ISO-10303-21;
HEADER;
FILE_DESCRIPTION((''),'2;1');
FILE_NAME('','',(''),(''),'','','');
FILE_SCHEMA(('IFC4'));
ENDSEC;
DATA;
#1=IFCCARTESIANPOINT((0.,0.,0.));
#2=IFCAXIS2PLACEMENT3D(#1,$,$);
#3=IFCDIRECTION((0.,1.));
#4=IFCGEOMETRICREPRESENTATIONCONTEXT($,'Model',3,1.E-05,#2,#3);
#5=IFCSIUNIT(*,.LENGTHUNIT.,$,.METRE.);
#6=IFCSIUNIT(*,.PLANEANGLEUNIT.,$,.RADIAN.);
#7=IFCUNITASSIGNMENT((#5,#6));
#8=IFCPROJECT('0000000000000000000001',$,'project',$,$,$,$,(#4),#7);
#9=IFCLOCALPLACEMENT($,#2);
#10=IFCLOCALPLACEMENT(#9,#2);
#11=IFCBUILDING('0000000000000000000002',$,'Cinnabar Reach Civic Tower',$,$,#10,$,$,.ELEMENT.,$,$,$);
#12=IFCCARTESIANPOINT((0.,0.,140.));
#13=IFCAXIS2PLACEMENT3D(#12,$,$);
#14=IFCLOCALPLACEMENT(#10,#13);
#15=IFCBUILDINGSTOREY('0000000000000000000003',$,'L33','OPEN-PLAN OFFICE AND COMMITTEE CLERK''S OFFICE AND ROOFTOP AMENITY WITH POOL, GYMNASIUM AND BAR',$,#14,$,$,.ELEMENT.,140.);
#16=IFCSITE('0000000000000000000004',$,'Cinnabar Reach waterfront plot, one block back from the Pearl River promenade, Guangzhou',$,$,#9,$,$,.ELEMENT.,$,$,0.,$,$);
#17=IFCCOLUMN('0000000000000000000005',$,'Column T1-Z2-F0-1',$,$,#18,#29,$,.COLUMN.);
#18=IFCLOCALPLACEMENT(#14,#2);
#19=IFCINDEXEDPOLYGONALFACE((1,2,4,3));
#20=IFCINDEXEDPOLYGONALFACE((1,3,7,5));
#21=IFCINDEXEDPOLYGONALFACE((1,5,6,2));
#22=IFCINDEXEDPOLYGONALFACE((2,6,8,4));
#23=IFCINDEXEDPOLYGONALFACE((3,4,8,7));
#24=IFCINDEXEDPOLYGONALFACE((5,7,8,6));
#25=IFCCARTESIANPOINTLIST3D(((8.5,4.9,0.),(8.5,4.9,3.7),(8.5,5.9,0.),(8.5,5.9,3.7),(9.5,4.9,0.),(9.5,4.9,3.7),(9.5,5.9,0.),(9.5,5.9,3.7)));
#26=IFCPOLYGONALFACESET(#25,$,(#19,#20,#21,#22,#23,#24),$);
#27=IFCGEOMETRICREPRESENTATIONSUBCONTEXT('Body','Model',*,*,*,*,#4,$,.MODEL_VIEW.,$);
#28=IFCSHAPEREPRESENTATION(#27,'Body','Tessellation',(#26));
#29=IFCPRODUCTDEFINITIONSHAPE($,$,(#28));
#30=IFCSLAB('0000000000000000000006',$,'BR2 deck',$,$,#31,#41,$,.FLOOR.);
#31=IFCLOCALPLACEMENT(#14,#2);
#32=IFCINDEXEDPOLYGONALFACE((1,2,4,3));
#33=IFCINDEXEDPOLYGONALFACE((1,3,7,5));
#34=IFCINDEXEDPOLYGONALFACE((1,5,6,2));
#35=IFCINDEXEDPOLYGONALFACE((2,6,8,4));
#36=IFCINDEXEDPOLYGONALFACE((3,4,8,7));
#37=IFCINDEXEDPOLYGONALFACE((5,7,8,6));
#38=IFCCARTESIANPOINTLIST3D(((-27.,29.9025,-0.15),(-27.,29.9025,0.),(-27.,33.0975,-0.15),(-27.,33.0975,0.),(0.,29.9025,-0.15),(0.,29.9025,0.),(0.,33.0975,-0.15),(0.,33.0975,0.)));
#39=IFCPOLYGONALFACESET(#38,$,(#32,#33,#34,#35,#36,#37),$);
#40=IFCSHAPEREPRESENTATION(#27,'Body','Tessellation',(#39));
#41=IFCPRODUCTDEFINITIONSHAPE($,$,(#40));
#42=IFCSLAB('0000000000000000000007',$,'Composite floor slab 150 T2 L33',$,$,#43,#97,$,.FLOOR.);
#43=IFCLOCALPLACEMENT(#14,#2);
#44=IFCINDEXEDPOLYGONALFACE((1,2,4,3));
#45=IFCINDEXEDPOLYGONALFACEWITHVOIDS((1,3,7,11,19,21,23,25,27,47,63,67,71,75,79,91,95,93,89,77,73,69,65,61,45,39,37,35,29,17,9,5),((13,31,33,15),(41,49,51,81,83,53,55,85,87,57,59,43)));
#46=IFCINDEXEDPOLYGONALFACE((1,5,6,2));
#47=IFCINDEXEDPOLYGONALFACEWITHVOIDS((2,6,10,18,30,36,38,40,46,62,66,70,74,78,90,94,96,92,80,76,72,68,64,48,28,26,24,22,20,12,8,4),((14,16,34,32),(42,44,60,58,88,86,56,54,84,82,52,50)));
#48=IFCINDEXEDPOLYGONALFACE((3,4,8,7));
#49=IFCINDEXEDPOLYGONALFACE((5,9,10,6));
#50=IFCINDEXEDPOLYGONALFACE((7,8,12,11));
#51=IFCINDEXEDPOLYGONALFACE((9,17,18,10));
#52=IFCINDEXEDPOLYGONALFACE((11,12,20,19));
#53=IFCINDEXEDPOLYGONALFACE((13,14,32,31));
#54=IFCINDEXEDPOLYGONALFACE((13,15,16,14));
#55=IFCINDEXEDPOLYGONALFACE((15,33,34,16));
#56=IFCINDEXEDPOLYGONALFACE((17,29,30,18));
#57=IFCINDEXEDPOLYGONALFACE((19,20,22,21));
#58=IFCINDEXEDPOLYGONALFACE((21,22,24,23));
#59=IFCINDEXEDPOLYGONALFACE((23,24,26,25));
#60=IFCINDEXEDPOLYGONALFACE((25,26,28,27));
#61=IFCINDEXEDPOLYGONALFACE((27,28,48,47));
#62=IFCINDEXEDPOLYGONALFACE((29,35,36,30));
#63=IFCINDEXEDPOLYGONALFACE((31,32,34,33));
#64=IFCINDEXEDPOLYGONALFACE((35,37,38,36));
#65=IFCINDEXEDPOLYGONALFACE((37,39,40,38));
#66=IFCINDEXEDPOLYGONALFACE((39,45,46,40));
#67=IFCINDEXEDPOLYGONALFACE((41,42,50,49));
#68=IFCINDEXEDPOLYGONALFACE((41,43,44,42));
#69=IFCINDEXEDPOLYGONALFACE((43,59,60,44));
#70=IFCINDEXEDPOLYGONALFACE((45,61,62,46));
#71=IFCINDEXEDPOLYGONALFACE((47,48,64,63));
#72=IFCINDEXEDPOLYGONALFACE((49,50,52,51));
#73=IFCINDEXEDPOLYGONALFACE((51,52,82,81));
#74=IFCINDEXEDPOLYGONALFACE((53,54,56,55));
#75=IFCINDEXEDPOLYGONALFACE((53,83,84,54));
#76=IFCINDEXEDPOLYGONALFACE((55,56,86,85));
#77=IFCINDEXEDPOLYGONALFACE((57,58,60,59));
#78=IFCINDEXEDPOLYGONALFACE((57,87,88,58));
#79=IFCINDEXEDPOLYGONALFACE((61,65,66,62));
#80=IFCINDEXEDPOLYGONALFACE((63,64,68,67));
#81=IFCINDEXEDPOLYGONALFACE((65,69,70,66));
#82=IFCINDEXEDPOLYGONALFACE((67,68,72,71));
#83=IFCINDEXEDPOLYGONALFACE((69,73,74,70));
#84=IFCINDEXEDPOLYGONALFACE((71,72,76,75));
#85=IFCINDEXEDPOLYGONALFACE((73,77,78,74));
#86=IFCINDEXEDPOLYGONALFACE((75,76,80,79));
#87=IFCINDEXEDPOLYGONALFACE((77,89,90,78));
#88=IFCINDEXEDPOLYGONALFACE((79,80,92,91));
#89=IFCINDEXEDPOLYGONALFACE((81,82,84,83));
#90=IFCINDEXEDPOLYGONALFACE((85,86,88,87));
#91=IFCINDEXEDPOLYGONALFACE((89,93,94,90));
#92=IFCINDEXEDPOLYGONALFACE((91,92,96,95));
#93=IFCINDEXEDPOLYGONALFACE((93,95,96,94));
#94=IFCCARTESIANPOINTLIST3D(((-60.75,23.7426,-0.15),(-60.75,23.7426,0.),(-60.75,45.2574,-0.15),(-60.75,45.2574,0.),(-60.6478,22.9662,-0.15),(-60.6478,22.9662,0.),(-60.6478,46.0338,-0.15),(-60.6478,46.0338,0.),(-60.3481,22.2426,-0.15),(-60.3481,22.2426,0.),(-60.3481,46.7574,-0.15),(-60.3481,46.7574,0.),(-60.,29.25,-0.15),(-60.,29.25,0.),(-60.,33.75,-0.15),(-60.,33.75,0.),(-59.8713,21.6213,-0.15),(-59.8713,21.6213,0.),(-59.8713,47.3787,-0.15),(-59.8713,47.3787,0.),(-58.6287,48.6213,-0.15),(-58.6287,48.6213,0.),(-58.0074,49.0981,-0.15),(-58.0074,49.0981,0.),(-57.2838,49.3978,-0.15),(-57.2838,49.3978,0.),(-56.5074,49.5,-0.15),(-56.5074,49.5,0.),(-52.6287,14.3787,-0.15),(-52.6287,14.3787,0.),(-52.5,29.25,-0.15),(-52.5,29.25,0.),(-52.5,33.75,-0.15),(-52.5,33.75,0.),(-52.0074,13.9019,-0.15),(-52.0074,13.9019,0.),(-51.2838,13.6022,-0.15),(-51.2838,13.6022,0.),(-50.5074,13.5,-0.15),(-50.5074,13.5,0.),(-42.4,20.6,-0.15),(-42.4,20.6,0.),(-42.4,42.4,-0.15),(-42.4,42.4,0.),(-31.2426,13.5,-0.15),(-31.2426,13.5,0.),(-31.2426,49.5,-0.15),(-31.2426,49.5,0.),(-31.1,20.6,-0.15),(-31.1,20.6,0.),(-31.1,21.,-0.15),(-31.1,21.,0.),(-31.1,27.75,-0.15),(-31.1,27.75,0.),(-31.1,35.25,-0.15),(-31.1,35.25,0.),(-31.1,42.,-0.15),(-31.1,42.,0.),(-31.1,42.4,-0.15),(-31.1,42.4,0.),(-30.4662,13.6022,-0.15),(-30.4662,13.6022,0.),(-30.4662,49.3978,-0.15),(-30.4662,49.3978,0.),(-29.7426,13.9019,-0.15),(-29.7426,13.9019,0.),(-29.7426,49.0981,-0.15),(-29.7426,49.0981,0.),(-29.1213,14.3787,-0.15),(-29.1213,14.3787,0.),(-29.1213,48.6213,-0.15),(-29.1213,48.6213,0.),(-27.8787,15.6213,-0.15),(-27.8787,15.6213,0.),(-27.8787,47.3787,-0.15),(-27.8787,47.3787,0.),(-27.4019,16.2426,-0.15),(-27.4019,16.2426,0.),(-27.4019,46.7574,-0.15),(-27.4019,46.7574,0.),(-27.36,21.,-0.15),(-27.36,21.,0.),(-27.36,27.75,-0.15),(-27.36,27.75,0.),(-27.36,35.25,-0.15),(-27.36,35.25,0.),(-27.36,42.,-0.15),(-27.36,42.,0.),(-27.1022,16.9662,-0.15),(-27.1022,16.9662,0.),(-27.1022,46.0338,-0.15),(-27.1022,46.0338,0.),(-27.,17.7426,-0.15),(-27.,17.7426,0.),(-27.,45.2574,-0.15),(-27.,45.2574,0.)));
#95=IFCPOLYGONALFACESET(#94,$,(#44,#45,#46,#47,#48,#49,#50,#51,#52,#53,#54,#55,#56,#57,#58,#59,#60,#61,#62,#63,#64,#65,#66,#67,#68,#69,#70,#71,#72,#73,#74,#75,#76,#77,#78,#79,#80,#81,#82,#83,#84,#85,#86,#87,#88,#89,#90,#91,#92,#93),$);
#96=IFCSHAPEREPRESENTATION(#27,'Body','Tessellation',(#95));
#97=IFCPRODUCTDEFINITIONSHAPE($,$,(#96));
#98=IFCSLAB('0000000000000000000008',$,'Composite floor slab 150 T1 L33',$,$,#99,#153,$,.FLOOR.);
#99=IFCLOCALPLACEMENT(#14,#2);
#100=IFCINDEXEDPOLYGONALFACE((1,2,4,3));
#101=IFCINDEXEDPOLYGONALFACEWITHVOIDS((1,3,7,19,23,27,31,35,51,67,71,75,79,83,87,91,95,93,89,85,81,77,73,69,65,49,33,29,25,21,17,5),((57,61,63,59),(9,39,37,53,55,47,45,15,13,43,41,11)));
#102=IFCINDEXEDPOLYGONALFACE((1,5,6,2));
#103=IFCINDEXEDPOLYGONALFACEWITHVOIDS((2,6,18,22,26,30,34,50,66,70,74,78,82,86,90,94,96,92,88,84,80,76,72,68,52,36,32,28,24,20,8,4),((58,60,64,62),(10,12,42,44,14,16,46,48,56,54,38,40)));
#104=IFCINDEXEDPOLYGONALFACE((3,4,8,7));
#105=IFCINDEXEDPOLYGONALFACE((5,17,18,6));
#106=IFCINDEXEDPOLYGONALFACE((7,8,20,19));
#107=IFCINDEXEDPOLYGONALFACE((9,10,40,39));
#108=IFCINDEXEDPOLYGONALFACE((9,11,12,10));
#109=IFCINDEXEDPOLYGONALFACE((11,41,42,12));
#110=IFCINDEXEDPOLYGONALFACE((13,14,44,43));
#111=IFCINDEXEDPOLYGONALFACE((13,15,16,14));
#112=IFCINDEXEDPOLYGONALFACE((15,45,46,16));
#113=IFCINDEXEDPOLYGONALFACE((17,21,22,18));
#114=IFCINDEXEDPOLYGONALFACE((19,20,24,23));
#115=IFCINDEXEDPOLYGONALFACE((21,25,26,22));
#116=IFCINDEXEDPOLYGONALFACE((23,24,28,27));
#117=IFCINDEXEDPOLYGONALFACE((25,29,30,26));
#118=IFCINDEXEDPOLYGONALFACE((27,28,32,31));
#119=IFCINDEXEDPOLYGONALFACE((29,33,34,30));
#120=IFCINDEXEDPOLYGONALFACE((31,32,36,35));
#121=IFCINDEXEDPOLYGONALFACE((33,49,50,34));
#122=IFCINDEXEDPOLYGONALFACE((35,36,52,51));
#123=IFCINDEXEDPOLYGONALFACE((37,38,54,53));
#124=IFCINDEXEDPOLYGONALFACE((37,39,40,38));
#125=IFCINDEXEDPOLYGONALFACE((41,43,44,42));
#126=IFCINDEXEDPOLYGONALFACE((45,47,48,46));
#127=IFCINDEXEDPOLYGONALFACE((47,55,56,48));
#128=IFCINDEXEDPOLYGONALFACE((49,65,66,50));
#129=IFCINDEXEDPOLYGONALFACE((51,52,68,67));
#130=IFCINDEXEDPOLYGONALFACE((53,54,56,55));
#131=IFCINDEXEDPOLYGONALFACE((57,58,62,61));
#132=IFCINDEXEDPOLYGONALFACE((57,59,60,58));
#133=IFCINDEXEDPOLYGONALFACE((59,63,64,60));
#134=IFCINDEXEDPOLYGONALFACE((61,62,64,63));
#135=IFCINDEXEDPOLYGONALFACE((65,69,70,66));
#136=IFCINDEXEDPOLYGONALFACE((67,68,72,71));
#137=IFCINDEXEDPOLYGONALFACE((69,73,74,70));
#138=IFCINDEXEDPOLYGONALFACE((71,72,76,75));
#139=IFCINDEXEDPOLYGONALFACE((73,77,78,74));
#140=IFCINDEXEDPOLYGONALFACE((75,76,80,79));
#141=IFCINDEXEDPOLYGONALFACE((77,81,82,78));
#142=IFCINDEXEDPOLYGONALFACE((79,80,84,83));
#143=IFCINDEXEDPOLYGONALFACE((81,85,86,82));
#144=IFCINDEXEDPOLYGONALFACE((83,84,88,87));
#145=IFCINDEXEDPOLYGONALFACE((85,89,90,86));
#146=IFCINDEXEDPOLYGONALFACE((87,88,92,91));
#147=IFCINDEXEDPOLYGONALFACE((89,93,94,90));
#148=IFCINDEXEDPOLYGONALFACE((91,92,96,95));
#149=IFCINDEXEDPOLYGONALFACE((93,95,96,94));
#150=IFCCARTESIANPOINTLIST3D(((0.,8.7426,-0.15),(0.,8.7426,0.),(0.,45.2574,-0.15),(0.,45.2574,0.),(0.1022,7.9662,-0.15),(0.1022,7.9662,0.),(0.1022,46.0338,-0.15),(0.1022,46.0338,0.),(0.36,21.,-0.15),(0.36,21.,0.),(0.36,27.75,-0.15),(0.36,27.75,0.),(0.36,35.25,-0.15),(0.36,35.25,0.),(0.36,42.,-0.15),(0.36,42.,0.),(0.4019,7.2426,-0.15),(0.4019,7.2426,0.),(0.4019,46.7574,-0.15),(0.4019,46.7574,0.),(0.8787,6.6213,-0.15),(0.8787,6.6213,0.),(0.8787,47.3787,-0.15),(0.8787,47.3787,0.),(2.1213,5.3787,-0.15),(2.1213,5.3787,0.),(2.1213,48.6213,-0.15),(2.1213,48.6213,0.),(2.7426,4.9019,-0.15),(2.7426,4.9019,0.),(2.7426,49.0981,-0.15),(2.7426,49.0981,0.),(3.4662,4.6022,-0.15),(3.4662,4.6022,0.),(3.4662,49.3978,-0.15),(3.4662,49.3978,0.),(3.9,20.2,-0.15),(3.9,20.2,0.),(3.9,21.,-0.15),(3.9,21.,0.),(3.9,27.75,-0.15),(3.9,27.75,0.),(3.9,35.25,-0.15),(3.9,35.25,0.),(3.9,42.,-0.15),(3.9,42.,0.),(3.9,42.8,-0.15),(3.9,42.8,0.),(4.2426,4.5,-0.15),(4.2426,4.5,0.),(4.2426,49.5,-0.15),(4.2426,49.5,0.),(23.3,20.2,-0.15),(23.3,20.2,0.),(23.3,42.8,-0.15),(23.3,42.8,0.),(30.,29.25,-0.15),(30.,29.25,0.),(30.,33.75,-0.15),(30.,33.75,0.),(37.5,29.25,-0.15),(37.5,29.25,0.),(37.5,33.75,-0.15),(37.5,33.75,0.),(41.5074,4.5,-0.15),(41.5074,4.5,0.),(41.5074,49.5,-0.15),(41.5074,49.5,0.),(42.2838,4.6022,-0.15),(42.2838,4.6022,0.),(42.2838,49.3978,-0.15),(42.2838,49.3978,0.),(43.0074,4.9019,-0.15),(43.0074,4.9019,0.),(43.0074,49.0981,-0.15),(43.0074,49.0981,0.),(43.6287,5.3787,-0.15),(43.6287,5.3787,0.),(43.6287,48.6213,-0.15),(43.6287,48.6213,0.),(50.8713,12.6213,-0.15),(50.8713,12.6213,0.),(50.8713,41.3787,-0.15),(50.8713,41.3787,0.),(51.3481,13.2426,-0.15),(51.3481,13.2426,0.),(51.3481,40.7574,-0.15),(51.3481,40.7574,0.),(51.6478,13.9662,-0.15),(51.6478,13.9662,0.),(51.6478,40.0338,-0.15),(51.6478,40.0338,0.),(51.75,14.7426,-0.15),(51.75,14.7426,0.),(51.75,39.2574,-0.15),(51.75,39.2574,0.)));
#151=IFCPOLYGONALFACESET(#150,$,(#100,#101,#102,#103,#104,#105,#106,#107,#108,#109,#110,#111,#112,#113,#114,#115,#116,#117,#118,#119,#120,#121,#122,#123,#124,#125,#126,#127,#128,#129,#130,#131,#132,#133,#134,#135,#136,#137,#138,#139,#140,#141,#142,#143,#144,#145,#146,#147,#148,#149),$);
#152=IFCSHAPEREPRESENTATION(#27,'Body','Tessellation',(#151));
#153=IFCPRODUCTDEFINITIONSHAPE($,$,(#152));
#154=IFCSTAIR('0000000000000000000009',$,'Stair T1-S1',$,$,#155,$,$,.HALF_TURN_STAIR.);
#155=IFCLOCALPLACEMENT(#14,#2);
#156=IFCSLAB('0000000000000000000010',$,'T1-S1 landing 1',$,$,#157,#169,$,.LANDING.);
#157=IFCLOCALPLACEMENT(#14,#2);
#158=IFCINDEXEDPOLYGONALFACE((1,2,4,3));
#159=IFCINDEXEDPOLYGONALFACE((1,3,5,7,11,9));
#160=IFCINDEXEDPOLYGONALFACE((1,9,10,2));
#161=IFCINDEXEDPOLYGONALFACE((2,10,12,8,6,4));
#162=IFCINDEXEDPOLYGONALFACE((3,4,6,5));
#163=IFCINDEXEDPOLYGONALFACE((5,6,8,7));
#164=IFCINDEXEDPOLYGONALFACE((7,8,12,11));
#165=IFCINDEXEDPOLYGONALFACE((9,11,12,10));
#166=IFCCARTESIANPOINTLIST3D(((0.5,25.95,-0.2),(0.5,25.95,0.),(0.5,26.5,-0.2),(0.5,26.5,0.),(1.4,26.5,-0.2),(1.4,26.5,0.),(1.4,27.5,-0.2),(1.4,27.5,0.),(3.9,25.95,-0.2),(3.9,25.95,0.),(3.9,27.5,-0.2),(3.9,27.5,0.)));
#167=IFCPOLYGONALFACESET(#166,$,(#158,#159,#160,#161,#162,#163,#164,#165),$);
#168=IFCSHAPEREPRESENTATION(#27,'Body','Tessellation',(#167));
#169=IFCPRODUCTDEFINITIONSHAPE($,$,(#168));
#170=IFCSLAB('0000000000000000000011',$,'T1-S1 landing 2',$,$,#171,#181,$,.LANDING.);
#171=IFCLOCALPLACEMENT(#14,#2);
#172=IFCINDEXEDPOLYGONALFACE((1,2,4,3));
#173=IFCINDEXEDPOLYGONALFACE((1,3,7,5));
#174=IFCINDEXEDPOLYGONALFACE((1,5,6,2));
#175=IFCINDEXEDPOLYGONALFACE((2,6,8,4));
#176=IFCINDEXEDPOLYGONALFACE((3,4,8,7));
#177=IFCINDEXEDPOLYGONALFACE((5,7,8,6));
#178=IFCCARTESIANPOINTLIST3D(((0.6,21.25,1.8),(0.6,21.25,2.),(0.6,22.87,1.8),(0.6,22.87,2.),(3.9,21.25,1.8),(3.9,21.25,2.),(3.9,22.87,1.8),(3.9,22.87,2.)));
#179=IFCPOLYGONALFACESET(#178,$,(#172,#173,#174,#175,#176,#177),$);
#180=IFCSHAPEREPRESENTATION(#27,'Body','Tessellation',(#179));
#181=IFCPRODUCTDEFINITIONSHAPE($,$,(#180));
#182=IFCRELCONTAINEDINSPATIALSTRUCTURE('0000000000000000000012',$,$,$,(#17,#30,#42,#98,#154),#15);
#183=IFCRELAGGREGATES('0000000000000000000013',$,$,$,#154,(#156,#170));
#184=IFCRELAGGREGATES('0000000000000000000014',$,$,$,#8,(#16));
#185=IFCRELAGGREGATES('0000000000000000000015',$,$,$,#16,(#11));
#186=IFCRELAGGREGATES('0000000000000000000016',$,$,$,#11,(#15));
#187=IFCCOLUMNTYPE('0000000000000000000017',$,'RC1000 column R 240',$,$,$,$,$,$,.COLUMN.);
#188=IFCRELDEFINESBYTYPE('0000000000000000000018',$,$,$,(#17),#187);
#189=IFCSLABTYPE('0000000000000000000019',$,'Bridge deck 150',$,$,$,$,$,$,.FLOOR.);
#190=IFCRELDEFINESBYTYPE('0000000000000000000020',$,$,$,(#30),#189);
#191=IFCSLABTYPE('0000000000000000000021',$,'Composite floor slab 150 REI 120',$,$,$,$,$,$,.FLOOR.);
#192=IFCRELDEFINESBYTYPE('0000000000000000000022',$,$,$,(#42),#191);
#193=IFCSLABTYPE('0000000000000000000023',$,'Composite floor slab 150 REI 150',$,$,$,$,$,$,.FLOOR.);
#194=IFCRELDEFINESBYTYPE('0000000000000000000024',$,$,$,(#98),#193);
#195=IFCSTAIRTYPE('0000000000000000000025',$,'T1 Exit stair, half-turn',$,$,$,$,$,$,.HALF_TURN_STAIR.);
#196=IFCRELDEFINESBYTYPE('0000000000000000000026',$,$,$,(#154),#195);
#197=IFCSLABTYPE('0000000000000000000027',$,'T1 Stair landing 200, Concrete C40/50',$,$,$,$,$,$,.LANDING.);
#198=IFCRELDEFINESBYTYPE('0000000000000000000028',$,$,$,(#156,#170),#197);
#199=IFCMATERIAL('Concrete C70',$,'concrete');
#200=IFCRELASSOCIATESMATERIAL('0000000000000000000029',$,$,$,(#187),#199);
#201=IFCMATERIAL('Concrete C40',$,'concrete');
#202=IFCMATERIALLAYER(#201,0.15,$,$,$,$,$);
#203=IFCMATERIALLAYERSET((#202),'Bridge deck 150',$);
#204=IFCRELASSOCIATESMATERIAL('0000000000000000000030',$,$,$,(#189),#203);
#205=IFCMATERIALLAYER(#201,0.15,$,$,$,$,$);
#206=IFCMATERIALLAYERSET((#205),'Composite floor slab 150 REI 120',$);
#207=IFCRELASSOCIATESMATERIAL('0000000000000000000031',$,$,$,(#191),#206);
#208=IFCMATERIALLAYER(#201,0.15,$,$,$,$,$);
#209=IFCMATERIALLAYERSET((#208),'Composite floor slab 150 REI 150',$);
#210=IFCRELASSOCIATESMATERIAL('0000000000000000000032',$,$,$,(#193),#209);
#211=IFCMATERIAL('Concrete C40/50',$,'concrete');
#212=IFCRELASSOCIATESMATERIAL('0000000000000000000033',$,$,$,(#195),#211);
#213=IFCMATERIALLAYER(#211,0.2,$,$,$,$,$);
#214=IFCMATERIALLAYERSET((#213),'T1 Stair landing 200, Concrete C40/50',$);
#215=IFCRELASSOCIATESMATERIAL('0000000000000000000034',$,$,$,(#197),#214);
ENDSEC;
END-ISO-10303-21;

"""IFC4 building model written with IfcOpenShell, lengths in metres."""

from ifc_helpers import new_model, si_unit, direction, frame, origin, origin_2d, place, context, subcontext, project, spatial, polyline, rectangle, outline, extrude, material, layer, layer_set, material_profile, profile_set, type_object, element, aggregate, save


model = new_model("IFC4")

# Units and contexts
model_context = context("Model", 3, precision=1e-05, world=origin(), true_north=direction((0.0, 1.0)))
body_context = subcontext(model_context, "Body", "Model", "MODEL_VIEW")
ifc_project = project(units=[si_unit("LENGTHUNIT", "METRE"), si_unit("PLANEANGLEUNIT", "RADIAN")], contexts=[model_context])

# Site, building, storey
site_placement = place(None, origin())
site = spatial("IfcSite", under=ifc_project, at=site_placement, Name="Cinnabar Reach waterfront plot, one block back from the Pearl River promenade, Guangzhou", CompositionType="ELEMENT", RefElevation=0.0)
building_placement = place(site_placement, origin())
building = spatial("IfcBuilding", under=site, at=building_placement, Name="Cinnabar Reach Civic Tower", CompositionType="ELEMENT")
storey_placement = place(building_placement, frame((0.0, 0.0, 140.0)))
storey = spatial("IfcBuildingStorey", under=building, at=storey_placement, Name="L33", Description="OPEN-PLAN OFFICE AND COMMITTEE CLERK'S OFFICE AND ROOFTOP AMENITY WITH POOL, GYMNASIUM AND BAR", CompositionType="ELEMENT", Elevation=140.0)

# Column
ifc_material_1 = material(Name="Concrete C70", Category="concrete")
ifc_material_profile = material_profile(ifc_material_1, rectangle(XDim=1.0, YDim=1.0, at=origin_2d()), Name="RC1000")
ifc_profile_set = profile_set([ifc_material_profile], Name="Concrete C70")
column_type = type_object("IfcColumnType", Name="RC1000 column R 240", PredefinedType="COLUMN", material=ifc_profile_set)
column_placement = place(storey_placement, frame((9.0, 5.4, 0.0), z_axis=(0.0, 0.0, 1.0), x_axis=(1.0, 0.0, 0.0)))
element("IfcColumn", 1, at=column_placement, inside=storey, type_object=column_type, Name="Column T1-Z2-F0-1", PredefinedType="COLUMN", context=body_context, shape_type="SweptSolid", body=[
    extrude(rectangle(XDim=1.0, YDim=1.0, at=origin_2d()), origin(), (0.0, 0.0, 1.0), 3.7),
])

# Slabs
ifc_material_2 = material(Name="Concrete C40", Category="concrete")
ifc_layer_1 = layer(ifc_material_2, 0.15)
ifc_layer_set_1 = layer_set([ifc_layer_1], Name="Bridge deck 150")
slab_type_1 = type_object("IfcSlabType", Name="Bridge deck 150", PredefinedType="FLOOR", material=ifc_layer_set_1)
slab_1_placement = place(storey_placement, frame((0.0, 0.0, -0.15)))
element("IfcSlab", 2, at=slab_1_placement, inside=storey, type_object=slab_type_1, Name="BR2 deck", PredefinedType="FLOOR", context=body_context, shape_type="SweptSolid", body=[
    extrude(outline(polyline([(-27.0, 29.9025), (0.0, 29.9025), (0.0, 33.0975), (-27.0, 33.0975), (-27.0, 29.9025)])), origin(), (0.0, 0.0, 1.0), 0.15),
])
ifc_layer_2 = layer(ifc_material_2, 0.15)
ifc_layer_set_2 = layer_set([ifc_layer_2], Name="Composite floor slab 150 REI 120")
slab_type_2 = type_object("IfcSlabType", Name="Composite floor slab 150 REI 120", PredefinedType="FLOOR", material=ifc_layer_set_2)
slab_2_placement = place(storey_placement, frame((0.0, 0.0, -0.15)))
element("IfcSlab", 3, at=slab_2_placement, inside=storey, type_object=slab_type_2, Name="Composite floor slab 150 T2 L33", PredefinedType="FLOOR", context=body_context, shape_type="SweptSolid", body=[
    extrude(outline(polyline([(-59.8713, 21.6213), (-60.3481, 22.2426), (-60.6478, 22.9662), (-60.75, 23.7426), (-60.75, 45.2574), (-60.6478, 46.0338), (-60.3481, 46.7574), (-59.8713, 47.3787), (-58.6287, 48.6213), (-58.0074, 49.0981), (-57.2838, 49.3978), (-56.5074, 49.5), (-31.2426, 49.5), (-30.4662, 49.3978), (-29.7426, 49.0981), (-29.1213, 48.6213), (-27.8787, 47.3787), (-27.4019, 46.7574), (-27.1022, 46.0338), (-27.0, 45.2574), (-27.0, 17.7426), (-27.1022, 16.9662), (-27.4019, 16.2426), (-27.8787, 15.6213), (-29.1213, 14.3787), (-29.7426, 13.9019), (-30.4662, 13.6022), (-31.2426, 13.5), (-50.5074, 13.5), (-51.2838, 13.6022), (-52.0074, 13.9019), (-52.6287, 14.3787), (-59.8713, 21.6213)]), holes=[polyline([(-31.1, 27.75), (-31.1, 35.25), (-27.36, 35.25), (-27.36, 42.0), (-31.1, 42.0), (-31.1, 42.4), (-42.4, 42.4), (-42.4, 20.6), (-31.1, 20.6), (-31.1, 21.0), (-27.36, 21.0), (-27.36, 27.75), (-31.1, 27.75)]), polyline([(-60.0, 33.75), (-60.0, 29.25), (-52.5, 29.25), (-52.5, 33.75), (-60.0, 33.75)])]), origin(), (0.0, 0.0, 1.0), 0.15),
])
ifc_layer_3 = layer(ifc_material_2, 0.15)
ifc_layer_set_3 = layer_set([ifc_layer_3], Name="Composite floor slab 150 REI 150")
slab_type_3 = type_object("IfcSlabType", Name="Composite floor slab 150 REI 150", PredefinedType="FLOOR", material=ifc_layer_set_3)
slab_3_placement = place(storey_placement, frame((0.0, 0.0, -0.15)))
element("IfcSlab", 4, at=slab_3_placement, inside=storey, type_object=slab_type_3, Name="Composite floor slab 150 T1 L33", PredefinedType="FLOOR", context=body_context, shape_type="SweptSolid", body=[
    extrude(outline(polyline([(0.8787, 6.6213), (0.4019, 7.2426), (0.1022, 7.9662), (0.0, 8.7426), (0.0, 45.2574), (0.1022, 46.0338), (0.4019, 46.7574), (0.8787, 47.3787), (2.1213, 48.6213), (2.7426, 49.0981), (3.4662, 49.3978), (4.2426, 49.5), (41.5074, 49.5), (42.2838, 49.3978), (43.0074, 49.0981), (43.6287, 48.6213), (50.8713, 41.3787), (51.3481, 40.7574), (51.6478, 40.0338), (51.75, 39.2574), (51.75, 14.7426), (51.6478, 13.9662), (51.3481, 13.2426), (50.8713, 12.6213), (43.6287, 5.3787), (43.0074, 4.9019), (42.2838, 4.6022), (41.5074, 4.5), (4.2426, 4.5), (3.4662, 4.6022), (2.7426, 4.9019), (2.1213, 5.3787), (0.8787, 6.6213)]), holes=[polyline([(0.36, 21.0), (3.9, 21.0), (3.9, 20.2), (23.3, 20.2), (23.3, 42.8), (3.9, 42.8), (3.9, 42.0), (0.36, 42.0), (0.36, 35.25), (3.9, 35.25), (3.9, 27.75), (0.36, 27.75), (0.36, 21.0)]), polyline([(30.0, 33.75), (30.0, 29.25), (37.5, 29.25), (37.5, 33.75), (30.0, 33.75)])]), origin(), (0.0, 0.0, 1.0), 0.15),
])

# Stair, slabs
ifc_material_3 = material(Name="Concrete C40/50", Category="concrete")
stair_type_1 = type_object("IfcStairType", Name="T1 Exit stair, half-turn", PredefinedType="HALF_TURN_STAIR", material=ifc_material_3)
stair_1_placement = place(storey_placement, origin())
stair_1 = element("IfcStair", 5, at=stair_1_placement, inside=storey, type_object=stair_type_1, Name="Stair T1-S1", PredefinedType="HALF_TURN_STAIR")
ifc_layer_4 = layer(ifc_material_3, 0.2)
ifc_layer_set_4 = layer_set([ifc_layer_4], Name="T1 Stair landing 200, Concrete C40/50")
slab_type_4 = type_object("IfcSlabType", Name="T1 Stair landing 200, Concrete C40/50", PredefinedType="LANDING", material=ifc_layer_set_4)
slab_4_placement = place(storey_placement, frame((0.0, 0.0, -0.2)))
slab_4 = element("IfcSlab", 6, at=slab_4_placement, type_object=slab_type_4, Name="T1-S1 landing 1", PredefinedType="LANDING", context=body_context, shape_type="SweptSolid", body=[
    extrude(outline(polyline([(3.9, 27.5), (3.9, 25.95), (0.5, 25.95), (0.5, 26.5), (1.4, 26.5), (1.4, 27.5), (3.9, 27.5)])), origin(), (0.0, 0.0, 1.0), 0.2),
])
slab_5_placement = place(storey_placement, frame((0.0, 0.0, 1.8)))
slab_5 = element("IfcSlab", 7, at=slab_5_placement, type_object=slab_type_4, Name="T1-S1 landing 2", PredefinedType="LANDING", context=body_context, shape_type="SweptSolid", body=[
    extrude(outline(polyline([(0.6, 21.25), (0.6, 22.87), (3.9, 22.87), (3.9, 21.25), (0.6, 21.25)])), origin(), (0.0, 0.0, 1.0), 0.2),
])
aggregate(stair_1, [slab_4, slab_5])

save(model, "model.ifc")
